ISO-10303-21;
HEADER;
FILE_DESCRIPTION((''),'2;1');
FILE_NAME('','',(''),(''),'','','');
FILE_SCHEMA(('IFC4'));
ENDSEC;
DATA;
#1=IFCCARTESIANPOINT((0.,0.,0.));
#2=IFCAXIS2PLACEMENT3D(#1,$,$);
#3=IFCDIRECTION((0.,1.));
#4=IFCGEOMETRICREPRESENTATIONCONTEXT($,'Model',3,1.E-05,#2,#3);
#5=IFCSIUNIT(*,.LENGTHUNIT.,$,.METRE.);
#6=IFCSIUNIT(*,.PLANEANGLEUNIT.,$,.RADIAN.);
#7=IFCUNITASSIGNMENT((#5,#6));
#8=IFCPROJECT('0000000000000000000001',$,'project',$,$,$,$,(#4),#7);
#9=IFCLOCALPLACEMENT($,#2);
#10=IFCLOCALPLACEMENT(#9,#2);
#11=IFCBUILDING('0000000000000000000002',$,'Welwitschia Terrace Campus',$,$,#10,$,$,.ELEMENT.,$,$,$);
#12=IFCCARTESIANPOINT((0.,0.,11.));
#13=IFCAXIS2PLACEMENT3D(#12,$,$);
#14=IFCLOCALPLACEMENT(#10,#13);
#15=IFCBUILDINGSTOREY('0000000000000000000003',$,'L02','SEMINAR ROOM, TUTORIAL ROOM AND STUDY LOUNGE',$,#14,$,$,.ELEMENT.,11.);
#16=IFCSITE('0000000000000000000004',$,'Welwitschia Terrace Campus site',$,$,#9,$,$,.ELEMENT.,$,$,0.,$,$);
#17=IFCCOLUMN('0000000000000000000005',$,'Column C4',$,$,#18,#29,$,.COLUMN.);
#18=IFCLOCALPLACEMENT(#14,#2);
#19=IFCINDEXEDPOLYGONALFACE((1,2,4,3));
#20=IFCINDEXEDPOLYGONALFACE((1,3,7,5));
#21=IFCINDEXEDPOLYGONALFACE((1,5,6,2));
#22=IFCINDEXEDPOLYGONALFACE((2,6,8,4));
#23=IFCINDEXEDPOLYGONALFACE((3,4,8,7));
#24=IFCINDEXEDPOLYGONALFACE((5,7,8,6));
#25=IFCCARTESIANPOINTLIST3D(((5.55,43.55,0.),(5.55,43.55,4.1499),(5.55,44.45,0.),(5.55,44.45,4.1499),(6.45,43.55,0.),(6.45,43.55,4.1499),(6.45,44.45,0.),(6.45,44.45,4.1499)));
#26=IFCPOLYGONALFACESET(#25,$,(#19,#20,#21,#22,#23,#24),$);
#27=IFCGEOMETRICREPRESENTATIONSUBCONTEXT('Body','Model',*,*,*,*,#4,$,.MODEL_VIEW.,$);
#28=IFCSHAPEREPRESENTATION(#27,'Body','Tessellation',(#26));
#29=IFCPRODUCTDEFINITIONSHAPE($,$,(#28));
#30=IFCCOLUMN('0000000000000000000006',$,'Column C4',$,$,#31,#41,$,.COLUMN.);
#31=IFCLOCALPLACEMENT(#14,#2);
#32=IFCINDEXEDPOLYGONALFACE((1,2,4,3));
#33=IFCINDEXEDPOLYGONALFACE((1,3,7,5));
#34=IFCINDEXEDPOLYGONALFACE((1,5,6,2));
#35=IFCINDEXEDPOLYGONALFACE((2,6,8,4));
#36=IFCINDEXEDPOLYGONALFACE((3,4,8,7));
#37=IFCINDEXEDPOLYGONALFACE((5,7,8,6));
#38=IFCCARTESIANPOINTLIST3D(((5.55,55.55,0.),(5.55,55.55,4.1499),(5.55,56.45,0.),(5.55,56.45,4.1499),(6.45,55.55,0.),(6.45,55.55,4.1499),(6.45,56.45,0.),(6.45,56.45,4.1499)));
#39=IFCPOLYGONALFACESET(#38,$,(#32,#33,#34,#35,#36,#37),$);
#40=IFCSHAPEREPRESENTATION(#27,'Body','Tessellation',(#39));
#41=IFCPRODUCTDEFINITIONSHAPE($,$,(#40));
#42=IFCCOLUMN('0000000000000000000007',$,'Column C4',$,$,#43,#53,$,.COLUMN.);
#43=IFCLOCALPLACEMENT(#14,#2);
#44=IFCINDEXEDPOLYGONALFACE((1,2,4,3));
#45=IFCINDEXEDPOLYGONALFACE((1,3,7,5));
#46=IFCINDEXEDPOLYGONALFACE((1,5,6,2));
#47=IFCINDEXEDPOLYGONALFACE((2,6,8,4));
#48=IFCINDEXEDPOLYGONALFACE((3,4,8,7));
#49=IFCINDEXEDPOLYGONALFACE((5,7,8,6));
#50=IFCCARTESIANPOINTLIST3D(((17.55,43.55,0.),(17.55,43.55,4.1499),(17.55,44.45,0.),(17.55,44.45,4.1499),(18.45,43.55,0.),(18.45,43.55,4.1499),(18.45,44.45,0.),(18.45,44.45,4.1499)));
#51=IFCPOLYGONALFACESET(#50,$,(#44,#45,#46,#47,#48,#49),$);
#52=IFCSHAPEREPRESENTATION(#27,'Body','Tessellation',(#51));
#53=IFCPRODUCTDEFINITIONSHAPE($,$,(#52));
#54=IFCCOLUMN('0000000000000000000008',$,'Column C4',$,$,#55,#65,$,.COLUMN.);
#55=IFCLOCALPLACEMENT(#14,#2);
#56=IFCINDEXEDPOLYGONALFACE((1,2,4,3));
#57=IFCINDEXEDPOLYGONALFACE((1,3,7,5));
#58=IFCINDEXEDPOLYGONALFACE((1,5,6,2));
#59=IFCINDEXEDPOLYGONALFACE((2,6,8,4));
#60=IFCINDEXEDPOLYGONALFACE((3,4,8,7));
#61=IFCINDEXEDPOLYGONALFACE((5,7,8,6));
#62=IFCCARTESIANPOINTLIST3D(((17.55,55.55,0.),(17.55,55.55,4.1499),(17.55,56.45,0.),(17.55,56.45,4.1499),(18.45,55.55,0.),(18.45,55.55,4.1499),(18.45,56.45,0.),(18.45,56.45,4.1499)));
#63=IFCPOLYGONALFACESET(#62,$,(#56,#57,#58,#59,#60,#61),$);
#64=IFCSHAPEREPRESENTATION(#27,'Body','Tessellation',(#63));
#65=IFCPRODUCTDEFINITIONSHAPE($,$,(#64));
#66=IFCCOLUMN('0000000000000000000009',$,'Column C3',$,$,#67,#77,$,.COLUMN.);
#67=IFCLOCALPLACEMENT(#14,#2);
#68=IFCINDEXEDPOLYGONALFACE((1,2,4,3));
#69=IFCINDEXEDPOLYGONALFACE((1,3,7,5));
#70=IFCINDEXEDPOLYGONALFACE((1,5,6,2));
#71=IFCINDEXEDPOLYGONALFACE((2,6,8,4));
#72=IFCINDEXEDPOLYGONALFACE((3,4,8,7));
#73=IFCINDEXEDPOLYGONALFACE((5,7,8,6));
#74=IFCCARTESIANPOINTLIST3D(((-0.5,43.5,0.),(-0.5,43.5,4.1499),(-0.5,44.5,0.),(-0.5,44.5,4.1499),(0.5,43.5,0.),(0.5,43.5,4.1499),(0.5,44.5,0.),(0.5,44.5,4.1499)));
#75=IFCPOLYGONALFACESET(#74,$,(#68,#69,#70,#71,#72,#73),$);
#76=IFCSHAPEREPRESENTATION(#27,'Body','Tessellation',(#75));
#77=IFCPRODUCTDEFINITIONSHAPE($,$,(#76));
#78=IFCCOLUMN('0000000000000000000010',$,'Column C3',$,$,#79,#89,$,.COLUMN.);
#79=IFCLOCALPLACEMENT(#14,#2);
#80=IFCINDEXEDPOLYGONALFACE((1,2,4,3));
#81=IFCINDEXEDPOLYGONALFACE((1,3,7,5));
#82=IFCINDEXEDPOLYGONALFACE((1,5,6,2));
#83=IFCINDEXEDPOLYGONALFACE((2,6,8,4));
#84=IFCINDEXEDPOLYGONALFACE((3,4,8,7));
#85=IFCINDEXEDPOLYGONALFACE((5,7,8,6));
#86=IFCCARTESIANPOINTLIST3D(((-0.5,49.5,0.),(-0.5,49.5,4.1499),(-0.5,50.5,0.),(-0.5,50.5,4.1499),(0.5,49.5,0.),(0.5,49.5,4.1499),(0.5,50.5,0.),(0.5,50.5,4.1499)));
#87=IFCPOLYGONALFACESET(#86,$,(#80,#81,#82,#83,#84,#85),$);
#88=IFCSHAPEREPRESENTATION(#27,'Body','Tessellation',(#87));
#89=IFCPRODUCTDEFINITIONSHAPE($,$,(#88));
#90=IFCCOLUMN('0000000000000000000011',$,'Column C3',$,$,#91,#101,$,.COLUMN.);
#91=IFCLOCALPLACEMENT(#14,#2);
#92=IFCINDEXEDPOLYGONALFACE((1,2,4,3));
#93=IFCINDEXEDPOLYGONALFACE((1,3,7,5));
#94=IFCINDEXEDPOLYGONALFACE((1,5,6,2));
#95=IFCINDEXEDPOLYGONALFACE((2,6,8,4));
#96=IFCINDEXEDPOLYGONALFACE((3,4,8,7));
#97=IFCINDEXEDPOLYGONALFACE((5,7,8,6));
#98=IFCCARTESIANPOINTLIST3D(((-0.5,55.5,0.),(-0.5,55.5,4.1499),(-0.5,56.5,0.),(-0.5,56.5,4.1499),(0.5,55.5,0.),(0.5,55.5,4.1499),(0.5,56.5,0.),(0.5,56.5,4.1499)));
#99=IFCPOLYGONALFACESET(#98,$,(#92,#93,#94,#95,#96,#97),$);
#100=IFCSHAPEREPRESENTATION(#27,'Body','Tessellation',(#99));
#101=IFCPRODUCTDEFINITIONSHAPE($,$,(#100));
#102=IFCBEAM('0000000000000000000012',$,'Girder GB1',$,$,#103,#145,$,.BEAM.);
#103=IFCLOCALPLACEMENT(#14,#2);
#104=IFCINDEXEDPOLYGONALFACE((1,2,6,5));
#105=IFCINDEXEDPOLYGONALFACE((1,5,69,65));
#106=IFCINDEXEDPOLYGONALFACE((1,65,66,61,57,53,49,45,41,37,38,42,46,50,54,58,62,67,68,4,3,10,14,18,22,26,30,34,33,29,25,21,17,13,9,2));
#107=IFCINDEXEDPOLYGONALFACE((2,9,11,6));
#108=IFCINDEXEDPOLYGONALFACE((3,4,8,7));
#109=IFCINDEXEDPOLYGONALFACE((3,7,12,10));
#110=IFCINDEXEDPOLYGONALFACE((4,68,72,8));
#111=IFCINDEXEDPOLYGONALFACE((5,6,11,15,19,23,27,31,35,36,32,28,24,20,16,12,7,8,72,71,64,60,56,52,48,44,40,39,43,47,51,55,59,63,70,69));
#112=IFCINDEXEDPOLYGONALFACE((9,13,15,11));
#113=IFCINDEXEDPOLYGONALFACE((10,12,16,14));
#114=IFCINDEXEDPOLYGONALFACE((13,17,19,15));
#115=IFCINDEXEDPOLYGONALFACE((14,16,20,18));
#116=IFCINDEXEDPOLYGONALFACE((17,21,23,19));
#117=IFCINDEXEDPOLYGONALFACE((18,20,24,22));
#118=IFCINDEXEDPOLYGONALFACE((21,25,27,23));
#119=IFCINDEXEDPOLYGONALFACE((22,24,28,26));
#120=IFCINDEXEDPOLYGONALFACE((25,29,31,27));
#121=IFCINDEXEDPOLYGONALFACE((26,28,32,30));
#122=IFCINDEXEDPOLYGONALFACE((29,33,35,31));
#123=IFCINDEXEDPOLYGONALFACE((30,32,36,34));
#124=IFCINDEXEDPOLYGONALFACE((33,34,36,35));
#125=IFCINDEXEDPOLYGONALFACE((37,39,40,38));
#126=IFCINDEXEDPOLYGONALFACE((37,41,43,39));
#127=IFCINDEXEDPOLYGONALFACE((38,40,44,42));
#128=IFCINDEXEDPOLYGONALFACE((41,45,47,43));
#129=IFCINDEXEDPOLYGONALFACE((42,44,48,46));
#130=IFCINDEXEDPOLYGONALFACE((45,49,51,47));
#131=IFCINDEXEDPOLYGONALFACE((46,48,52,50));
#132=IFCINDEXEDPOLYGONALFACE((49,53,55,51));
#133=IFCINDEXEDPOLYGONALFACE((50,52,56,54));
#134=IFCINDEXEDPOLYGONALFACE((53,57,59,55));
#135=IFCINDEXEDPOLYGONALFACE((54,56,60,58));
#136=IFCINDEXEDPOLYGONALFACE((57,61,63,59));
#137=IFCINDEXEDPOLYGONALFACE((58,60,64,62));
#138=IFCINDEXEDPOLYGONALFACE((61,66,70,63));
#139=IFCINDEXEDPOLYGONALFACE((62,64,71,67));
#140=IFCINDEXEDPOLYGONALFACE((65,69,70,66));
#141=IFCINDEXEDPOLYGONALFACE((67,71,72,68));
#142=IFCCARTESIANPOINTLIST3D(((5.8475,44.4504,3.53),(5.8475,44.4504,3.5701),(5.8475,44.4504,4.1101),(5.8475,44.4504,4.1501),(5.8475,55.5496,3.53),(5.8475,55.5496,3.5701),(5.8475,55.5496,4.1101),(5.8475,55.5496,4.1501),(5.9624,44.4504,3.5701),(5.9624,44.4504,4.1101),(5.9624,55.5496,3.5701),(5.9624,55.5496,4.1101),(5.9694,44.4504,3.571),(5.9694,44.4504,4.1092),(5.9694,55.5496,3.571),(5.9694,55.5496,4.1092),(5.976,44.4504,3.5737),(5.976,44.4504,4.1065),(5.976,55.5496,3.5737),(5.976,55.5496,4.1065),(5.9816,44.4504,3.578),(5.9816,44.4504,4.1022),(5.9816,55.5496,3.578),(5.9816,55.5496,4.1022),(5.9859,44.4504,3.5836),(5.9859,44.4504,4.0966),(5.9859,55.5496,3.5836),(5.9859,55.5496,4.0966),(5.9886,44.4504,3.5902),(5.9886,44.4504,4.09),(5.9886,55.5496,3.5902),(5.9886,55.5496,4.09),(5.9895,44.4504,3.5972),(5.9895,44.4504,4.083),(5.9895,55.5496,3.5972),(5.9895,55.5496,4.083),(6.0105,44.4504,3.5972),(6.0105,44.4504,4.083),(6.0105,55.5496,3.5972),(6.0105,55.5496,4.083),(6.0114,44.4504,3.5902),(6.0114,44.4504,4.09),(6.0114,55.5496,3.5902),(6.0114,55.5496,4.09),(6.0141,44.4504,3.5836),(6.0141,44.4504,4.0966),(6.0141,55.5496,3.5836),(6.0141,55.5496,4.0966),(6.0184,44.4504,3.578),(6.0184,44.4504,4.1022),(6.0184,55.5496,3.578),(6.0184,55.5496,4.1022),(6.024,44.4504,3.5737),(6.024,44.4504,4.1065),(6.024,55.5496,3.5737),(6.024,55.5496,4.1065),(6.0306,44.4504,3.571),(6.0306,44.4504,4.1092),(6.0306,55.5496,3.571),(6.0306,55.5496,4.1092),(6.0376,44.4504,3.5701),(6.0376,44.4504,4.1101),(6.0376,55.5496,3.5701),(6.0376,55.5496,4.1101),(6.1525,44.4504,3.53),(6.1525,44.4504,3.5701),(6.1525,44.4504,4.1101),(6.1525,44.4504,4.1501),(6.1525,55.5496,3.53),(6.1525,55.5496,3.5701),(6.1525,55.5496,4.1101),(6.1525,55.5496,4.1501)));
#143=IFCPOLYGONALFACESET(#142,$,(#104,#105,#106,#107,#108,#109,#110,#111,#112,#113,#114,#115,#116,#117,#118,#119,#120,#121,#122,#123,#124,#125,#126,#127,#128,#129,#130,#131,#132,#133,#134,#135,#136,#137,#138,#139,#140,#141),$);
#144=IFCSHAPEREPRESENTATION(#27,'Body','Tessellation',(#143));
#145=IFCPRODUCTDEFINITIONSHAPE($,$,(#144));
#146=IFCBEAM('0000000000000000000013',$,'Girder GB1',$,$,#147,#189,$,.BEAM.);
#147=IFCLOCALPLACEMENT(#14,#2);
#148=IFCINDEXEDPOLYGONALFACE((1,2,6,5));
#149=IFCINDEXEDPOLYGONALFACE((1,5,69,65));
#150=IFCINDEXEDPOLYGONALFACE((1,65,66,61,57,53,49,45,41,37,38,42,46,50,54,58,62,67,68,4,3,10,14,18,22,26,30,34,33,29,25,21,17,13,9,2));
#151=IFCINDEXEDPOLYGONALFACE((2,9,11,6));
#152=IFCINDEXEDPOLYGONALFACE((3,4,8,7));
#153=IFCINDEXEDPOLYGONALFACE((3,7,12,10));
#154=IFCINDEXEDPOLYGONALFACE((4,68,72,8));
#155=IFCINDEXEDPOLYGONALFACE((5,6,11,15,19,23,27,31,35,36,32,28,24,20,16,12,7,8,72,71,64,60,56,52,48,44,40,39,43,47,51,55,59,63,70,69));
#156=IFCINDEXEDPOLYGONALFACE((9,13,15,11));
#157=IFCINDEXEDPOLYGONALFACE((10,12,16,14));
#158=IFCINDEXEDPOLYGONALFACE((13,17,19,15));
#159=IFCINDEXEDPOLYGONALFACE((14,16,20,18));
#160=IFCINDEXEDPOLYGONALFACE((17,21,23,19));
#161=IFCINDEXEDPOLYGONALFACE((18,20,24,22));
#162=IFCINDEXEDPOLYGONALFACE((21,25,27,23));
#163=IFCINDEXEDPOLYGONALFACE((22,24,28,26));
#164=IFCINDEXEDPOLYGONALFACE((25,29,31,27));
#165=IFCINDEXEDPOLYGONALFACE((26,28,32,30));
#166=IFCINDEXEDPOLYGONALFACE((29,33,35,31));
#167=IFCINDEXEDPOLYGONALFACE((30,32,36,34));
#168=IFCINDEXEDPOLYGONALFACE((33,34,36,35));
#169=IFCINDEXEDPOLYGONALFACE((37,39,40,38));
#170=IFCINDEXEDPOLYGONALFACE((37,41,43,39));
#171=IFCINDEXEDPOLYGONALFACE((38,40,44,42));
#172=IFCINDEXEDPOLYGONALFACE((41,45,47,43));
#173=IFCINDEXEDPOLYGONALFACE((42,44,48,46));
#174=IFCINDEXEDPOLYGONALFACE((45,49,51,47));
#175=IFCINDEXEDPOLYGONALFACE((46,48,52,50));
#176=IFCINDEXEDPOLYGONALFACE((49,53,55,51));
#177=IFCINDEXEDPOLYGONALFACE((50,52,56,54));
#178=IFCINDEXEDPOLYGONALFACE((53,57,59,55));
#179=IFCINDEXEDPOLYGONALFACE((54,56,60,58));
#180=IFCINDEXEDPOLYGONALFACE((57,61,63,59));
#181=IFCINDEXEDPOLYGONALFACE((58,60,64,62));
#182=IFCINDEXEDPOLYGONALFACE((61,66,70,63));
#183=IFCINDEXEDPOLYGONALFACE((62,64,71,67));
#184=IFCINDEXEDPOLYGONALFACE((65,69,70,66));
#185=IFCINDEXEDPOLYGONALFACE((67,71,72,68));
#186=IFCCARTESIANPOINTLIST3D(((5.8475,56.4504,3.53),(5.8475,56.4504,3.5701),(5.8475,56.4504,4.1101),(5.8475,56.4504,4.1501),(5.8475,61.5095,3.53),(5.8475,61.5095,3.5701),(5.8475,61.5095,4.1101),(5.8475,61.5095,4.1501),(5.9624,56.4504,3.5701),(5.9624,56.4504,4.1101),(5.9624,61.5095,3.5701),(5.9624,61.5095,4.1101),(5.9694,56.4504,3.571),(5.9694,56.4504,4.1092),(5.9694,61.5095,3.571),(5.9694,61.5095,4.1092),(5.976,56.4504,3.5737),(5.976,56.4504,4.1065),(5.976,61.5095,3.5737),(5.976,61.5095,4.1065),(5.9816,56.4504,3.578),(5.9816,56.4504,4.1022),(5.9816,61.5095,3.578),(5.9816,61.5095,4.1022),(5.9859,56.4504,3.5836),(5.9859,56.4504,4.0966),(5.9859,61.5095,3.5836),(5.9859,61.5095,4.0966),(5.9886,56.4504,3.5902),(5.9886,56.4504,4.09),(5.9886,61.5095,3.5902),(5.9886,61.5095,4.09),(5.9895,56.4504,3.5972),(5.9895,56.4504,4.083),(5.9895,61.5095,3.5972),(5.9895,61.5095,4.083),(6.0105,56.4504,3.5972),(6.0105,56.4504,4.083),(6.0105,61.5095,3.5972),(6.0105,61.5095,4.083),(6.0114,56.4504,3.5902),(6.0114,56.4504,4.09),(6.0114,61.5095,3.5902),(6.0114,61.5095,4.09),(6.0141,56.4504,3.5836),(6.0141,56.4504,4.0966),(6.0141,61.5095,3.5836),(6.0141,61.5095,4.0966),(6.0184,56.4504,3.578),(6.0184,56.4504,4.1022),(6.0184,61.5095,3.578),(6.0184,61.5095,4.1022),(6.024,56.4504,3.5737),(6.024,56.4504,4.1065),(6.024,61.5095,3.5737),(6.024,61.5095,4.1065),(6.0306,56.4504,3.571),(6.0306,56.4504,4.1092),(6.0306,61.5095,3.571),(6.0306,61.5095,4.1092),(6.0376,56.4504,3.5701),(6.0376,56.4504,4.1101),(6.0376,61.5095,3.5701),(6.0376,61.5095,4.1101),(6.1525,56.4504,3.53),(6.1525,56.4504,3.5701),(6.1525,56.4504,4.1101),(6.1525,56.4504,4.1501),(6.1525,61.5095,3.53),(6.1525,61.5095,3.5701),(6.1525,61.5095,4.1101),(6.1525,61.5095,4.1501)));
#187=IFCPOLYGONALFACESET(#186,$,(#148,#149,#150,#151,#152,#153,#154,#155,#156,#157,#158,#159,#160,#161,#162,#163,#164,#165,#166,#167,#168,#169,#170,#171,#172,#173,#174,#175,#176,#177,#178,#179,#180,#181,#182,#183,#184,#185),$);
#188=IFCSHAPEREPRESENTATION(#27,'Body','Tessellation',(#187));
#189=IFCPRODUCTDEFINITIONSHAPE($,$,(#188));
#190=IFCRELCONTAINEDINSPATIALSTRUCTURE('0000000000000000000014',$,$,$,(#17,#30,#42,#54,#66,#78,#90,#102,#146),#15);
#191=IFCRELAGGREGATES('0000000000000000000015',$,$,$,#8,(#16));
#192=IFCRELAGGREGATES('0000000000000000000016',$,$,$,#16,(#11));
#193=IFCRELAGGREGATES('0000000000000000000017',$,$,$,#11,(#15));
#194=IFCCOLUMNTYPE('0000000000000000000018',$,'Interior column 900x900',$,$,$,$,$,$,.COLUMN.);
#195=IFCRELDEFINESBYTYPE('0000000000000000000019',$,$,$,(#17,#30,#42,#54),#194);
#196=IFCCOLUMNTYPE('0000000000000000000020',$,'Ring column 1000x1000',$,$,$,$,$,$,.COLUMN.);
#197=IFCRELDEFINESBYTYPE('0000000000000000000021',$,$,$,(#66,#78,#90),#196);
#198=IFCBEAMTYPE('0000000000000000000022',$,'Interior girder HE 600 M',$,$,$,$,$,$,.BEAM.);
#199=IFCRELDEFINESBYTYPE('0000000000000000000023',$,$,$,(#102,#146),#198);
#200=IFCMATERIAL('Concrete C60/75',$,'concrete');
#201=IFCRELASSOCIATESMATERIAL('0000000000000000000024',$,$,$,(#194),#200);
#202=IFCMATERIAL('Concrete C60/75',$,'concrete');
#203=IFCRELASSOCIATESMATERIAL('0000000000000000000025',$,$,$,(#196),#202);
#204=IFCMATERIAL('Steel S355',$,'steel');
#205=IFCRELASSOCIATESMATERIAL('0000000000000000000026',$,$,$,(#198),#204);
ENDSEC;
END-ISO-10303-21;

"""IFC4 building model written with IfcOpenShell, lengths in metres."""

from ifc_helpers import new_model, si_unit, direction, frame, origin, origin_2d, place, context, subcontext, project, spatial, rectangle, i_section, extrude, material, material_profile, profile_set, type_object, element, save


model = new_model("IFC4")

# Units and contexts
model_context = context("Model", 3, precision=1e-05, world=origin(), true_north=direction((0.0, 1.0)))
body_context = subcontext(model_context, "Body", "Model", "MODEL_VIEW")
ifc_project = project(units=[si_unit("LENGTHUNIT", "METRE"), si_unit("PLANEANGLEUNIT", "RADIAN")], contexts=[model_context])

# Site, building, storey
site_placement = place(None, origin())
site = spatial("IfcSite", under=ifc_project, at=site_placement, Name="Welwitschia Terrace Campus site", CompositionType="ELEMENT", RefElevation=0.0)
building_placement = place(site_placement, origin())
building = spatial("IfcBuilding", under=site, at=building_placement, Name="Welwitschia Terrace Campus", CompositionType="ELEMENT")
storey_placement = place(building_placement, frame((0.0, 0.0, 11.0)))
storey = spatial("IfcBuildingStorey", under=building, at=storey_placement, Name="L02", Description="SEMINAR ROOM, TUTORIAL ROOM AND STUDY LOUNGE", CompositionType="ELEMENT", Elevation=11.0)

# Columns
ifc_material_1 = material(Name="Concrete C60/75", Category="concrete")
ifc_material_profile_1 = material_profile(ifc_material_1, rectangle(XDim=0.8999, YDim=0.8999, at=origin_2d()))
ifc_profile_set_1 = profile_set([ifc_material_profile_1], Name="Concrete C60/75")
column_type_1 = type_object("IfcColumnType", Name="Interior column 900x900", PredefinedType="COLUMN", material=ifc_profile_set_1)
for number, where, z_axis, x_axis, name in (
    (1, (6.0, 44.0, 0.0), (0.0, 0.0, 1.0), (1.0, 0.0, 0.0), "Column C4"),
    (2, (6.0, 56.0, 0.0), (0.0, 0.0, 1.0), (1.0, 0.0, 0.0), "Column C4"),
    (3, (18.0, 44.0, 0.0), (0.0, 0.0, 1.0), (1.0, 0.0, 0.0), "Column C4"),
    (4, (18.0, 56.0, 0.0), (0.0, 0.0, 1.0), (1.0, 0.0, 0.0), "Column C4"),
):
    element("IfcColumn", number, at=place(storey_placement, frame(where, z_axis=z_axis, x_axis=x_axis)), inside=storey, type_object=column_type_1, Name=name, PredefinedType="COLUMN", context=body_context, shape_type="SweptSolid", body=[
        extrude(rectangle(XDim=0.8999, YDim=0.8999, at=origin_2d()), origin(), (0.0, 0.0, 1.0), 4.1499),
    ])
ifc_material_2 = material(Name="Concrete C60/75", Category="concrete")
ifc_material_profile_2 = material_profile(ifc_material_2, rectangle(XDim=1.0, YDim=1.0, at=origin_2d()))
ifc_profile_set_2 = profile_set([ifc_material_profile_2], Name="Concrete C60/75")
column_type_2 = type_object("IfcColumnType", Name="Ring column 1000x1000", PredefinedType="COLUMN", material=ifc_profile_set_2)
for number, where, z_axis, x_axis, name in (
    (5, (0.0, 44.0, 0.0), (0.0, 0.0, 1.0), (1.0, 0.0, 0.0), "Column C3"),
    (6, (0.0, 50.0, 0.0), (0.0, 0.0, 1.0), (1.0, 0.0, 0.0), "Column C3"),
    (7, (0.0, 56.0, 0.0), (0.0, 0.0, 1.0), (1.0, 0.0, 0.0), "Column C3"),
):
    element("IfcColumn", number, at=place(storey_placement, frame(where, z_axis=z_axis, x_axis=x_axis)), inside=storey, type_object=column_type_2, Name=name, PredefinedType="COLUMN", context=body_context, shape_type="SweptSolid", body=[
        extrude(rectangle(XDim=1.0, YDim=1.0, at=origin_2d()), origin(), (0.0, 0.0, 1.0), 4.1499),
    ])

# Beams
ifc_material_3 = material(Name="Steel S355", Category="steel")
ifc_material_profile_3 = material_profile(ifc_material_3, i_section(OverallWidth=0.3049, OverallDepth=0.6201, WebThickness=0.021, FlangeThickness=0.04, FilletRadius=0.0271, at=origin_2d()))
ifc_profile_set_3 = profile_set([ifc_material_profile_3], Name="Steel S355")
beam_type_1 = type_object("IfcBeamType", Name="Interior girder HE 600 M", PredefinedType="BEAM", material=ifc_profile_set_3)
beam_1_placement = place(storey_placement, frame((6.0, 44.4504, 3.8401), z_axis=(0.0, 1.0, 0.0), x_axis=(-1.0, 0.0, 0.0)))
element("IfcBeam", 8, at=beam_1_placement, inside=storey, type_object=beam_type_1, Name="Girder GB1", PredefinedType="BEAM", context=body_context, shape_type="SweptSolid", body=[
    extrude(i_section(OverallWidth=0.3049, OverallDepth=0.6201, WebThickness=0.021, FlangeThickness=0.04, FilletRadius=0.0271, at=origin_2d()), origin(), (0.0, 0.0, 1.0), 11.0991),
])
beam_2_placement = place(storey_placement, frame((6.0, 56.4504, 3.8401), z_axis=(0.0, 1.0, 0.0), x_axis=(-1.0, 0.0, 0.0)))
element("IfcBeam", 9, at=beam_2_placement, inside=storey, type_object=beam_type_1, Name="Girder GB1", PredefinedType="BEAM", context=body_context, shape_type="SweptSolid", body=[
    extrude(i_section(OverallWidth=0.3049, OverallDepth=0.6201, WebThickness=0.021, FlangeThickness=0.04, FilletRadius=0.0271, at=origin_2d()), origin(), (0.0, 0.0, 1.0), 5.0591),
])

save(model, "model.ifc")
